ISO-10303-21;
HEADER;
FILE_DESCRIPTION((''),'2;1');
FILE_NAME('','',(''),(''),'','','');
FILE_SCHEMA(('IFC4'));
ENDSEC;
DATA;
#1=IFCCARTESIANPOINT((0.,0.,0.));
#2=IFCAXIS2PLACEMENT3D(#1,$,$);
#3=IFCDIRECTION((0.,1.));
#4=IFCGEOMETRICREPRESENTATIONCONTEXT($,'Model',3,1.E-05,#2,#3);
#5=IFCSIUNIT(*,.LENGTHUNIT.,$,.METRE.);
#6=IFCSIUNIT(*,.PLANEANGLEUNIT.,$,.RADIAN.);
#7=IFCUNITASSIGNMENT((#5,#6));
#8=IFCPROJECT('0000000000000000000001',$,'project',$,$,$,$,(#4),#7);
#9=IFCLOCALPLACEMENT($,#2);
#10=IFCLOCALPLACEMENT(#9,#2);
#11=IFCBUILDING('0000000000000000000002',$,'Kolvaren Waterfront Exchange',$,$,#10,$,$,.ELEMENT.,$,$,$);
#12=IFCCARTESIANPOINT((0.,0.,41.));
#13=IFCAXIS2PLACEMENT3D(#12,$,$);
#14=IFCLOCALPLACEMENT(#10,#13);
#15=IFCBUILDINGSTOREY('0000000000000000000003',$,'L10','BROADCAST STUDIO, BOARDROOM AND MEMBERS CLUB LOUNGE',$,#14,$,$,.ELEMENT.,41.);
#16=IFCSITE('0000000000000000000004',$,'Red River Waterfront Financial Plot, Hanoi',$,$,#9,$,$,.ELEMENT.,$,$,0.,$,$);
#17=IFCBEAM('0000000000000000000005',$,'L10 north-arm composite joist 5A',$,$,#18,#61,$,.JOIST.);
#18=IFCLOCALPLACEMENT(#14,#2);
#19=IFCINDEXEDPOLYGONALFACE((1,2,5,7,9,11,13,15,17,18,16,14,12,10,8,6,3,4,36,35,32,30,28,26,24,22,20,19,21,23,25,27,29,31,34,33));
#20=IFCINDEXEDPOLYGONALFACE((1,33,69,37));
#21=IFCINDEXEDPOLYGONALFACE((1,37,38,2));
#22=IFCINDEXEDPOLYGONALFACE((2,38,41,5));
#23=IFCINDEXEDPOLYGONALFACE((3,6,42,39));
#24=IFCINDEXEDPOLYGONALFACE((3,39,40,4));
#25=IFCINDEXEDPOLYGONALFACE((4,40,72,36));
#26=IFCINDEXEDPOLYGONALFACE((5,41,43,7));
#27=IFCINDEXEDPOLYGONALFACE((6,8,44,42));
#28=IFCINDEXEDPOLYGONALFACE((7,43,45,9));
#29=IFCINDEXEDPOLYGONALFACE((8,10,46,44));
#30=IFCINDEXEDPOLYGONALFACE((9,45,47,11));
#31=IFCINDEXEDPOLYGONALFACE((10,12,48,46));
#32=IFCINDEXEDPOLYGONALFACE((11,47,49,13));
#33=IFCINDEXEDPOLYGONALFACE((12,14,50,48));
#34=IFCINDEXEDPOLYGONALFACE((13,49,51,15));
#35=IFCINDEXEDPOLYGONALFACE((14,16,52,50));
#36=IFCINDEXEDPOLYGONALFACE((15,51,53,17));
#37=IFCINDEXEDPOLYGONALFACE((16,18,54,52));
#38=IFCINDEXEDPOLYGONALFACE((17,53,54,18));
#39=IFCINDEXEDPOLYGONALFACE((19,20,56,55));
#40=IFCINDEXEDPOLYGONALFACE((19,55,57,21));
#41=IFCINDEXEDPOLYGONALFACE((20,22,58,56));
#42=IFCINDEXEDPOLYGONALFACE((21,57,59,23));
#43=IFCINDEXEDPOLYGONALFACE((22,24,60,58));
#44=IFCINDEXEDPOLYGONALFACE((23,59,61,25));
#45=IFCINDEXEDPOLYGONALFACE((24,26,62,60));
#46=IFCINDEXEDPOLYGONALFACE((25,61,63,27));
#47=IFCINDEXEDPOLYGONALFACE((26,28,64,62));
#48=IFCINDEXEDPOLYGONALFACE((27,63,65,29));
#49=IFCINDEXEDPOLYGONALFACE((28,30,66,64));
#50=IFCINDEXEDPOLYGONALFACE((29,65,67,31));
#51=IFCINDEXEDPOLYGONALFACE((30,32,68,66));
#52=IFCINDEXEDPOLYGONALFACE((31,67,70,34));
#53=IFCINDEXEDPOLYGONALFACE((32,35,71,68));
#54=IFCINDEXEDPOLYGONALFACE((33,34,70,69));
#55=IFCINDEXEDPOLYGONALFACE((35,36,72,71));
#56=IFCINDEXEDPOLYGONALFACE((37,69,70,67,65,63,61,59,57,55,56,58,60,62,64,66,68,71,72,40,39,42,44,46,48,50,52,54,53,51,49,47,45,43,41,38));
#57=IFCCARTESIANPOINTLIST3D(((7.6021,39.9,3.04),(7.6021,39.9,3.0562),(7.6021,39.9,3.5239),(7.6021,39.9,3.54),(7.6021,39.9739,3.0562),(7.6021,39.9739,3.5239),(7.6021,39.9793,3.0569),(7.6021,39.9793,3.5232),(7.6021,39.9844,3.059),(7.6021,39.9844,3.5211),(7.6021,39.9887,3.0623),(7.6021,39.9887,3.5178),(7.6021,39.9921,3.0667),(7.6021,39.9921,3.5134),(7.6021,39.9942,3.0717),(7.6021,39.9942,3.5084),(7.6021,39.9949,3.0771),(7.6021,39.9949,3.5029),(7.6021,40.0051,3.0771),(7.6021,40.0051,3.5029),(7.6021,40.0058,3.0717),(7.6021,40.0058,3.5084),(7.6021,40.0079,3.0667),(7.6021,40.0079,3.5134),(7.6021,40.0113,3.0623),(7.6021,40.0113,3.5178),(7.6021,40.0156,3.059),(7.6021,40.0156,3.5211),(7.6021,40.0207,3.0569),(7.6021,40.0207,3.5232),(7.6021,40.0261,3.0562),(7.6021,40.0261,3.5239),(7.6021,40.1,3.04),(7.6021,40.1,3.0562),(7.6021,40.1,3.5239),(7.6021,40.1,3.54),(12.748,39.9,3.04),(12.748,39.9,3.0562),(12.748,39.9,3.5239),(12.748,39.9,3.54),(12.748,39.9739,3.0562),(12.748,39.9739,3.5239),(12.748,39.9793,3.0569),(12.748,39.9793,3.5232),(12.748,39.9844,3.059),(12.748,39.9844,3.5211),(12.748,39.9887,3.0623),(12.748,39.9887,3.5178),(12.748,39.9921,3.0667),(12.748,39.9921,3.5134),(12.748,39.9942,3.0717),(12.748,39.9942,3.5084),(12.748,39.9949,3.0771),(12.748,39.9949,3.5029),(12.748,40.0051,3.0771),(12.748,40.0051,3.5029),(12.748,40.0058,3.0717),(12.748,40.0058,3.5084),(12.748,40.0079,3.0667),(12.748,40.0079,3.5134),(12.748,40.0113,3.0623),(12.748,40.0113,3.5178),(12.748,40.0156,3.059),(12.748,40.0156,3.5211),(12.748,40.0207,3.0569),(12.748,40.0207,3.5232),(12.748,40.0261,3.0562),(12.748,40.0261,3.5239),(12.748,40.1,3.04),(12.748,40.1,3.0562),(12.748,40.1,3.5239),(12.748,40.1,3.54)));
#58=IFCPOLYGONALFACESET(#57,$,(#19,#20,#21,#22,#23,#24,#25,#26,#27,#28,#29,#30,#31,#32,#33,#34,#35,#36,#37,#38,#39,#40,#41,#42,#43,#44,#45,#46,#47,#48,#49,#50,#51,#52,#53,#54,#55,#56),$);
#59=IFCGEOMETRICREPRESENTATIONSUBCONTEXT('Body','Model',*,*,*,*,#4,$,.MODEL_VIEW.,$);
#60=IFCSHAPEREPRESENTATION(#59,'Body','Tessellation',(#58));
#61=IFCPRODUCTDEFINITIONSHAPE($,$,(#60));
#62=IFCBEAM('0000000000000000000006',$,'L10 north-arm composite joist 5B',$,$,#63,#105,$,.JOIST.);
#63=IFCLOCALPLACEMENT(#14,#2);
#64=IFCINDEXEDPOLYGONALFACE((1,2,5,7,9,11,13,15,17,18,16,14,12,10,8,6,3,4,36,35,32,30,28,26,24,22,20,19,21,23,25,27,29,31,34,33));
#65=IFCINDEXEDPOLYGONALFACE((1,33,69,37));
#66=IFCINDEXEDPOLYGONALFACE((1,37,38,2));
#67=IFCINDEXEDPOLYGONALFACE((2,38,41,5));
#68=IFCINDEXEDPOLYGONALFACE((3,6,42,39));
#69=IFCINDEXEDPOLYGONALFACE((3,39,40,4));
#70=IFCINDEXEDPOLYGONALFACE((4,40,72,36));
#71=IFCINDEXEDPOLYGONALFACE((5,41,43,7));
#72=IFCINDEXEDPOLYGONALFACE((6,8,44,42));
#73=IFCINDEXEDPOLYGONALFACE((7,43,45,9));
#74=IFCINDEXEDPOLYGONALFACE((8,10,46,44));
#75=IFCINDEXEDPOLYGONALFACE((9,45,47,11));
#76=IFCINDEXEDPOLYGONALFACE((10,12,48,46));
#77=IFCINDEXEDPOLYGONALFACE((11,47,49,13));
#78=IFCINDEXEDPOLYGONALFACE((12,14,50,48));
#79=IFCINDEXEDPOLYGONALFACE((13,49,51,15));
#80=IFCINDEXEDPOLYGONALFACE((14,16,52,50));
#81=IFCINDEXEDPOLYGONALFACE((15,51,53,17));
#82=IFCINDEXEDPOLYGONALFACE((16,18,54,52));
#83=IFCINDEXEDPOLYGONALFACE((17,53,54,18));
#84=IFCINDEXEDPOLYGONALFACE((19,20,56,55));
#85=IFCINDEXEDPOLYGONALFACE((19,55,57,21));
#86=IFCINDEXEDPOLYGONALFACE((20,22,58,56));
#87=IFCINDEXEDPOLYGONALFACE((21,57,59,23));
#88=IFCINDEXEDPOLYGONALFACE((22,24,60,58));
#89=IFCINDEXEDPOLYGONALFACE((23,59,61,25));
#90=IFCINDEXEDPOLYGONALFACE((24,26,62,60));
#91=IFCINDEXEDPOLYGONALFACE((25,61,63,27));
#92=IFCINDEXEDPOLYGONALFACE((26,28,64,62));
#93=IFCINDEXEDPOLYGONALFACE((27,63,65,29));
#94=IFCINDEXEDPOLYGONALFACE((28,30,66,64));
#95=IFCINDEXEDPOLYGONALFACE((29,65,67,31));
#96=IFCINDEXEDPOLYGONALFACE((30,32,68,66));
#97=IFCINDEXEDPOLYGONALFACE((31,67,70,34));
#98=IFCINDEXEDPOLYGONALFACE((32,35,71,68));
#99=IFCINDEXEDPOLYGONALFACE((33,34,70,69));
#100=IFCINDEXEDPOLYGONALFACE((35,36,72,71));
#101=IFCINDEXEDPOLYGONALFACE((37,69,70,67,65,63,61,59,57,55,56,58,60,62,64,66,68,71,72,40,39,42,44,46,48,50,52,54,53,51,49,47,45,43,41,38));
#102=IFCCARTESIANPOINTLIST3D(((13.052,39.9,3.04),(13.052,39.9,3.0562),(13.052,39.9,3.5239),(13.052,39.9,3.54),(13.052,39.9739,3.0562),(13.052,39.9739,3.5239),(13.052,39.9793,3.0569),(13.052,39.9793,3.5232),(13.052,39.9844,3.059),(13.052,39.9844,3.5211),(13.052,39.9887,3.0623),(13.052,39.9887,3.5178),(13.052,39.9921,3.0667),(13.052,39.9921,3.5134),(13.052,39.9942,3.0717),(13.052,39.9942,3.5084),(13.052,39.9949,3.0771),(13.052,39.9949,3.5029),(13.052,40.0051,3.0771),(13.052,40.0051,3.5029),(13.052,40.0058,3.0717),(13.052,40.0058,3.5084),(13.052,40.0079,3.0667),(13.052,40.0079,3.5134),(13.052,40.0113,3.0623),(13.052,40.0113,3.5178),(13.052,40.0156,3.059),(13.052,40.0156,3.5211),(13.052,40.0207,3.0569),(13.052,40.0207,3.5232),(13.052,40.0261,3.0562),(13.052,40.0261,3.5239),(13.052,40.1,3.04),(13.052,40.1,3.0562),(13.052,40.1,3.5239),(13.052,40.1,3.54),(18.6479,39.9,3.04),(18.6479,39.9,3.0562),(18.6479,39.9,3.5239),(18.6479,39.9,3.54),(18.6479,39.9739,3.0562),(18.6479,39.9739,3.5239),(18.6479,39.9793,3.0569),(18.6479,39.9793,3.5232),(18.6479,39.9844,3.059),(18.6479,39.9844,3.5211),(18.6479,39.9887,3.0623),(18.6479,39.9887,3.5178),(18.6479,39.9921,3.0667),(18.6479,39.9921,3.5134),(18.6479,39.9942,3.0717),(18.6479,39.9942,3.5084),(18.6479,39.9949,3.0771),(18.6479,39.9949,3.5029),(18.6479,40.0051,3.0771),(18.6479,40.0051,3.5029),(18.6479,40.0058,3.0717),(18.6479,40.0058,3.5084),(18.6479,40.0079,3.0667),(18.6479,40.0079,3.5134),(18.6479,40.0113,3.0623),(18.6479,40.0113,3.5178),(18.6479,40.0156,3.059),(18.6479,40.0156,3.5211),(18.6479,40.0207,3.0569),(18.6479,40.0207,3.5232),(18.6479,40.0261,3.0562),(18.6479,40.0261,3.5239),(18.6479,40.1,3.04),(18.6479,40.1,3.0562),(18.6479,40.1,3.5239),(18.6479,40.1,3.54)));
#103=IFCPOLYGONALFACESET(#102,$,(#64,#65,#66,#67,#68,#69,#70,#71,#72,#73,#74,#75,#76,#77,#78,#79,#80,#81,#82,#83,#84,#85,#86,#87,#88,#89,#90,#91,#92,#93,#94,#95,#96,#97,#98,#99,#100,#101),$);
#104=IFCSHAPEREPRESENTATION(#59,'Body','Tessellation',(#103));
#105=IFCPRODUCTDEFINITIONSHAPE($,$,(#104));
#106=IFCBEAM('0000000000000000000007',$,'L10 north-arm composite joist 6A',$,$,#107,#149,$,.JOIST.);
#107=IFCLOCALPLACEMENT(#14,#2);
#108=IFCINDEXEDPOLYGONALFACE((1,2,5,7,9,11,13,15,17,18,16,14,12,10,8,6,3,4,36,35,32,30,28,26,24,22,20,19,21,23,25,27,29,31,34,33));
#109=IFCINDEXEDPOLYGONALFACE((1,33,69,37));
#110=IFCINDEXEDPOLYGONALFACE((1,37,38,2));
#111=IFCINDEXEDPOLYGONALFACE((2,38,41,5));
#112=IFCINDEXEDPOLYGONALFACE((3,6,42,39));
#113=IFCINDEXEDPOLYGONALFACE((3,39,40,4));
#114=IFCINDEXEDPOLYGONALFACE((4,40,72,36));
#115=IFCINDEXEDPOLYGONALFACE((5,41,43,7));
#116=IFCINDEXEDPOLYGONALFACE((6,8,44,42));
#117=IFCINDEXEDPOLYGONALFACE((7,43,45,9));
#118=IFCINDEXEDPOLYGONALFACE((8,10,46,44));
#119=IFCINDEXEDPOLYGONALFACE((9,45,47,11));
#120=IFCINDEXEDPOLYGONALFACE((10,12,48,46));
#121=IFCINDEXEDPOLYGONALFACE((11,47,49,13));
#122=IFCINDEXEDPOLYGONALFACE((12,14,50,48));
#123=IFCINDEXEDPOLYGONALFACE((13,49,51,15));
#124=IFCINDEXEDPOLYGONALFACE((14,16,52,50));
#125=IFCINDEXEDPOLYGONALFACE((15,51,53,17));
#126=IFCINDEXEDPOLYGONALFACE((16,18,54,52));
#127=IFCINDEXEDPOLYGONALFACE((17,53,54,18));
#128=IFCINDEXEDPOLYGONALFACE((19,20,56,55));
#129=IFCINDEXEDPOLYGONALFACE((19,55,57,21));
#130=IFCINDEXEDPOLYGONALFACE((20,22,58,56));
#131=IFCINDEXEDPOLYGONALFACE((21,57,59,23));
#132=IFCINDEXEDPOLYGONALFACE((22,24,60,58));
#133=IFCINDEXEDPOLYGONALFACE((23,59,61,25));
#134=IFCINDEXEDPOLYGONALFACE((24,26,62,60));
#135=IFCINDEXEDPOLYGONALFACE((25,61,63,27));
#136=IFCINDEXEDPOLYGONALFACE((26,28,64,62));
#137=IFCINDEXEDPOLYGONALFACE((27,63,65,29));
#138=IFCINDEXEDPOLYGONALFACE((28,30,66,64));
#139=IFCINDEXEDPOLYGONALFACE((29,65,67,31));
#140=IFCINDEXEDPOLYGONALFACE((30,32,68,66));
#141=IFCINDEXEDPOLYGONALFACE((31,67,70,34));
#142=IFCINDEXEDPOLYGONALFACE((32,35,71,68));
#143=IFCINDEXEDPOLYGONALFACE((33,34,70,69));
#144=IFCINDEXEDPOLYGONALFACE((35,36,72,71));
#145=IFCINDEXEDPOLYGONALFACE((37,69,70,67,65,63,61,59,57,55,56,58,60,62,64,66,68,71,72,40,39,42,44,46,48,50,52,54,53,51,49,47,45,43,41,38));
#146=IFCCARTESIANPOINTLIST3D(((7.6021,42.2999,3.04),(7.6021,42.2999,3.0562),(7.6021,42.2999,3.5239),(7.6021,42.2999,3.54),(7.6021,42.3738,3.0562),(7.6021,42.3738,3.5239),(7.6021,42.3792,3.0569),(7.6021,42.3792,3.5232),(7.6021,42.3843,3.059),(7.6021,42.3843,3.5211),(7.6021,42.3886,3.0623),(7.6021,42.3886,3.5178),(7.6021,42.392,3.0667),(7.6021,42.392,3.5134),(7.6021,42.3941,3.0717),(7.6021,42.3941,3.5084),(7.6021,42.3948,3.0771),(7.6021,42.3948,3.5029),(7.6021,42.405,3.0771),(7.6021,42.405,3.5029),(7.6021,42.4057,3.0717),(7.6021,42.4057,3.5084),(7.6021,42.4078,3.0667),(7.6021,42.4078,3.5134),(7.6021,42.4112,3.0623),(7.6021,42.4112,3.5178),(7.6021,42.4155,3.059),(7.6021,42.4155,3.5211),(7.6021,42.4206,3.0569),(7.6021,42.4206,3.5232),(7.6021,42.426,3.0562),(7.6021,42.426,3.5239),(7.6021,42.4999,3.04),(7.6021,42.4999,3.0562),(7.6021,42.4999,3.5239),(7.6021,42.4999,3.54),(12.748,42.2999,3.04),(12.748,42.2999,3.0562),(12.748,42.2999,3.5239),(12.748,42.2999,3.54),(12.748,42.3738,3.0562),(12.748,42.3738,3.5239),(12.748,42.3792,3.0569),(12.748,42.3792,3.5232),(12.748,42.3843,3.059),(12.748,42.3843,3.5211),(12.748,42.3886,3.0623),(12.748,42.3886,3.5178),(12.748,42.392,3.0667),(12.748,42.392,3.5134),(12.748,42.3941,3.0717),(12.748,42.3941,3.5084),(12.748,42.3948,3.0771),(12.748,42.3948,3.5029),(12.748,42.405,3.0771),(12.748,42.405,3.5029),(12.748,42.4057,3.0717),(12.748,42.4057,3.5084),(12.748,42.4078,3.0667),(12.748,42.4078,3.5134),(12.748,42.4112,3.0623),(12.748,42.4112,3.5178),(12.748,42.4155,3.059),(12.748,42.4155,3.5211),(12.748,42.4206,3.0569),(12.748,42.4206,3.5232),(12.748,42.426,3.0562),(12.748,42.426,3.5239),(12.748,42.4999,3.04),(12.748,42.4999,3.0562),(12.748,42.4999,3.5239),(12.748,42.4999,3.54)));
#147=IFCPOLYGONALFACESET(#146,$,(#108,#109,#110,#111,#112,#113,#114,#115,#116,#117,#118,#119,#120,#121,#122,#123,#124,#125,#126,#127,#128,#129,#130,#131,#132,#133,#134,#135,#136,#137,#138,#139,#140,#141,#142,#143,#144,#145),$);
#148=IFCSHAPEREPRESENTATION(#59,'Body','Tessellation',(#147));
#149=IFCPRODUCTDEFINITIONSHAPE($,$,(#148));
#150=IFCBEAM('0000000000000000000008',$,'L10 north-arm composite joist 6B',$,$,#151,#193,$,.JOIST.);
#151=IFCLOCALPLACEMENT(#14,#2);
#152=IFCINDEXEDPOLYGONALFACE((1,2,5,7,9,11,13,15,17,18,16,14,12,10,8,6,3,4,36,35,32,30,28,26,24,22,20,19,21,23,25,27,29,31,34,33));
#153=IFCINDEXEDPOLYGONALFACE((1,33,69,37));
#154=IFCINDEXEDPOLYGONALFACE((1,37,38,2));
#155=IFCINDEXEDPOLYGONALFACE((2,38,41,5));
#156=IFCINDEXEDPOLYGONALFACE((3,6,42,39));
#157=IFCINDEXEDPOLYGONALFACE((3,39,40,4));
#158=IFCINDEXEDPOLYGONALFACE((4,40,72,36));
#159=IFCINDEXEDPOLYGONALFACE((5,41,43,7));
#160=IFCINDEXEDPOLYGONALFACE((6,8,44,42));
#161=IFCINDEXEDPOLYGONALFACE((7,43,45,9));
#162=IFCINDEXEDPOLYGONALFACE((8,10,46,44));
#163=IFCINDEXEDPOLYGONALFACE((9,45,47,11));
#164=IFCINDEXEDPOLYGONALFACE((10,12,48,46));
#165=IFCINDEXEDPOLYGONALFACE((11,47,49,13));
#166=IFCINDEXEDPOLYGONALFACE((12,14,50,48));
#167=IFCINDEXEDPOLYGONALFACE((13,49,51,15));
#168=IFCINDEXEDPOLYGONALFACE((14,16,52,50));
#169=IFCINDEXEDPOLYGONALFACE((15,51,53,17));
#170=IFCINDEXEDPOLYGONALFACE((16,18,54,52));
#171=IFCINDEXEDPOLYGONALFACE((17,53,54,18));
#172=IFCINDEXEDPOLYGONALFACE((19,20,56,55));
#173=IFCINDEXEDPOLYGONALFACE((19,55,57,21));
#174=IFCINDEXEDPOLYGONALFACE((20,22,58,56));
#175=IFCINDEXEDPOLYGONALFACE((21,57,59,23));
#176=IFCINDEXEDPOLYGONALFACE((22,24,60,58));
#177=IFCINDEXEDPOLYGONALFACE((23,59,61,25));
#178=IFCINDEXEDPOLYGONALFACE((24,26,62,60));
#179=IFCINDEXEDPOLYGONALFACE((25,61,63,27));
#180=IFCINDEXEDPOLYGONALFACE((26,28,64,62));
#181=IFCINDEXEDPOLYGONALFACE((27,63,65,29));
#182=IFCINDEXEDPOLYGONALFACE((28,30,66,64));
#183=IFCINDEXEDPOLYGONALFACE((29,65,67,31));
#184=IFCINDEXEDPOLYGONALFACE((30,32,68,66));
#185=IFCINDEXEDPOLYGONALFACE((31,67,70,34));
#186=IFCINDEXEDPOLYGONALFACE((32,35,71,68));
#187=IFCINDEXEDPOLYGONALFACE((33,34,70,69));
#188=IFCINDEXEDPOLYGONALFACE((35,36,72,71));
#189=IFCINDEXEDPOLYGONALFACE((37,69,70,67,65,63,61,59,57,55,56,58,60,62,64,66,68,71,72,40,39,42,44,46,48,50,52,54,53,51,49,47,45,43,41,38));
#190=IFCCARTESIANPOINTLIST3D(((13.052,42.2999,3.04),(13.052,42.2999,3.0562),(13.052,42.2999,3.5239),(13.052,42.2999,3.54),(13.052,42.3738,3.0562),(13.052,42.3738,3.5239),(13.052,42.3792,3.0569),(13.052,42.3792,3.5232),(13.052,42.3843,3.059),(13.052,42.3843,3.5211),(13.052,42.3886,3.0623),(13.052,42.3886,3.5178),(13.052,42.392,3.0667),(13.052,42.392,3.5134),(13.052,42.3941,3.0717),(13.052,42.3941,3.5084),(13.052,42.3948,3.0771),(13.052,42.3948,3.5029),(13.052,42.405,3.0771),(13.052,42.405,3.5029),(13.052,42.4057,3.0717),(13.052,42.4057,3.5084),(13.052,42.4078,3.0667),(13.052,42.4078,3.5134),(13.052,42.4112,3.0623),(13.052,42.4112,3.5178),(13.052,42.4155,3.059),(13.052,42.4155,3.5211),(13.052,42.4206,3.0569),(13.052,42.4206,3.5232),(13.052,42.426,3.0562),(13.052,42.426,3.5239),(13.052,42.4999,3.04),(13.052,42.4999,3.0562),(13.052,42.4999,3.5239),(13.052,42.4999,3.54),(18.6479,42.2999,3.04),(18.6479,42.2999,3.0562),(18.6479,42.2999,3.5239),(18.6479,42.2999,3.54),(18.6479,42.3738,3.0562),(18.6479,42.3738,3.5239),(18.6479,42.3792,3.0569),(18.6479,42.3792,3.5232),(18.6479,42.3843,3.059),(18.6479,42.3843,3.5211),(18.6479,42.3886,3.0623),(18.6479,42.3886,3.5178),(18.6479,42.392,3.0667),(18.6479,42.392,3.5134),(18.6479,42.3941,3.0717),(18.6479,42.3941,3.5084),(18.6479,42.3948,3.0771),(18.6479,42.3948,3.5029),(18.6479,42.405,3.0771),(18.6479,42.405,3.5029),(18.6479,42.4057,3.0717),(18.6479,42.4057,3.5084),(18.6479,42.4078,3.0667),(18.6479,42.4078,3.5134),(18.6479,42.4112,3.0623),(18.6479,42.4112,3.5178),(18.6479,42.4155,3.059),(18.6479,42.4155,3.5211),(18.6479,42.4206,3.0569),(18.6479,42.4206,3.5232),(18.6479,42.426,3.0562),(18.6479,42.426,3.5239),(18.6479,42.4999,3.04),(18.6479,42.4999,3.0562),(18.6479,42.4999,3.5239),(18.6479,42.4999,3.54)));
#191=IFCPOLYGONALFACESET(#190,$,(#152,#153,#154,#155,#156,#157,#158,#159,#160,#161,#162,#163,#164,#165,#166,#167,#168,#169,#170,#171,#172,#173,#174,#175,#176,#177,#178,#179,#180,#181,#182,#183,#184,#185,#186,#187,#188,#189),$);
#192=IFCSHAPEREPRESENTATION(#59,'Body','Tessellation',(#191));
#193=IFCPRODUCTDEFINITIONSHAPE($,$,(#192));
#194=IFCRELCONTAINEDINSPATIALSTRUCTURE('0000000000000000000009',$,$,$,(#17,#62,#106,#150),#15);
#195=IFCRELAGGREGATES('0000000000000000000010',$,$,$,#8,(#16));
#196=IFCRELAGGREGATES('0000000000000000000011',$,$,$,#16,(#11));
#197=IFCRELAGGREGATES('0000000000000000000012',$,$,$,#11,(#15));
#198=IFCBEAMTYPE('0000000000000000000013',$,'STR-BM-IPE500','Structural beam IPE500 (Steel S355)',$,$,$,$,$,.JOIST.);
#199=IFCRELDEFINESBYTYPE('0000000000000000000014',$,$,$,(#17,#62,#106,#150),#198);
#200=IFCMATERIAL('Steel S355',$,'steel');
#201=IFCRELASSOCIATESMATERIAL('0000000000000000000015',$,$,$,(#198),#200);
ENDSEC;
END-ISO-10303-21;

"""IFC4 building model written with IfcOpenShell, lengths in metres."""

from ifc_helpers import new_model, si_unit, direction, frame, origin, origin_2d, place, context, subcontext, project, spatial, i_section, extrude, material, material_profile, profile_set, type_object, element, save


model = new_model("IFC4")

# Units and contexts
model_context = context("Model", 3, precision=1e-05, world=origin(), true_north=direction((0.0, 1.0)))
body_context = subcontext(model_context, "Body", "Model", "MODEL_VIEW")
ifc_project = project(units=[si_unit("LENGTHUNIT", "METRE"), si_unit("PLANEANGLEUNIT", "RADIAN")], contexts=[model_context])

# Site, building, storey
site_placement = place(None, origin())
site = spatial("IfcSite", under=ifc_project, at=site_placement, Name="Red River Waterfront Financial Plot, Hanoi", CompositionType="ELEMENT", RefElevation=0.0)
building_placement = place(site_placement, origin())
building = spatial("IfcBuilding", under=site, at=building_placement, Name="Kolvaren Waterfront Exchange", CompositionType="ELEMENT")
storey_placement = place(building_placement, frame((0.0, 0.0, 41.0)))
storey = spatial("IfcBuildingStorey", under=building, at=storey_placement, Name="L10", Description="BROADCAST STUDIO, BOARDROOM AND MEMBERS CLUB LOUNGE", CompositionType="ELEMENT", Elevation=41.0)

# Beams
ifc_material_1 = material(Name="Steel S355", Category="steel")
ifc_material_profile_1 = material_profile(ifc_material_1, i_section(OverallWidth=0.2, OverallDepth=0.5, WebThickness=0.0103, FlangeThickness=0.0161, FilletRadius=0.021, at=origin_2d()), Name="IPE500")
ifc_profile_set_1 = profile_set([ifc_material_profile_1], Name="Steel S355")
beam_type_1 = type_object("IfcBeamType", Name="STR-BM-IPE500", Description="Structural beam IPE500 (Steel S355)", PredefinedType="JOIST", material=ifc_profile_set_1)
beam_1_placement = place(storey_placement, frame((7.6021, 40.0, 3.29), z_axis=(1.0, 0.0, 0.0), x_axis=(0.0, 1.0, 0.0)))
element("IfcBeam", 1, at=beam_1_placement, inside=storey, type_object=beam_type_1, Name="L10 north-arm composite joist 5A", PredefinedType="JOIST", context=body_context, shape_type="SweptSolid", body=[
    extrude(i_section(OverallWidth=0.2, OverallDepth=0.5, WebThickness=0.0103, FlangeThickness=0.0161, FilletRadius=0.021, at=origin_2d()), origin(), (0.0, 0.0, 1.0), 5.146),
])
beam_2_placement = place(storey_placement, frame((13.052, 40.0, 3.29), z_axis=(1.0, 0.0, 0.0), x_axis=(0.0, 1.0, 0.0)))
element("IfcBeam", 2, at=beam_2_placement, inside=storey, type_object=beam_type_1, Name="L10 north-arm composite joist 5B", PredefinedType="JOIST", context=body_context, shape_type="SweptSolid", body=[
    extrude(i_section(OverallWidth=0.2, OverallDepth=0.5, WebThickness=0.0103, FlangeThickness=0.0161, FilletRadius=0.021, at=origin_2d()), origin(), (0.0, 0.0, 1.0), 5.5959),
])
beam_3_placement = place(storey_placement, frame((7.6021, 42.3999, 3.29), z_axis=(1.0, 0.0, 0.0), x_axis=(0.0, 1.0, 0.0)))
element("IfcBeam", 3, at=beam_3_placement, inside=storey, type_object=beam_type_1, Name="L10 north-arm composite joist 6A", PredefinedType="JOIST", context=body_context, shape_type="SweptSolid", body=[
    extrude(i_section(OverallWidth=0.2, OverallDepth=0.5, WebThickness=0.0103, FlangeThickness=0.0161, FilletRadius=0.021, at=origin_2d()), origin(), (0.0, 0.0, 1.0), 5.146),
])
beam_4_placement = place(storey_placement, frame((13.052, 42.3999, 3.29), z_axis=(1.0, 0.0, 0.0), x_axis=(0.0, 1.0, 0.0)))
element("IfcBeam", 4, at=beam_4_placement, inside=storey, type_object=beam_type_1, Name="L10 north-arm composite joist 6B", PredefinedType="JOIST", context=body_context, shape_type="SweptSolid", body=[
    extrude(i_section(OverallWidth=0.2, OverallDepth=0.5, WebThickness=0.0103, FlangeThickness=0.0161, FilletRadius=0.021, at=origin_2d()), origin(), (0.0, 0.0, 1.0), 5.5959),
])

save(model, "model.ifc")
